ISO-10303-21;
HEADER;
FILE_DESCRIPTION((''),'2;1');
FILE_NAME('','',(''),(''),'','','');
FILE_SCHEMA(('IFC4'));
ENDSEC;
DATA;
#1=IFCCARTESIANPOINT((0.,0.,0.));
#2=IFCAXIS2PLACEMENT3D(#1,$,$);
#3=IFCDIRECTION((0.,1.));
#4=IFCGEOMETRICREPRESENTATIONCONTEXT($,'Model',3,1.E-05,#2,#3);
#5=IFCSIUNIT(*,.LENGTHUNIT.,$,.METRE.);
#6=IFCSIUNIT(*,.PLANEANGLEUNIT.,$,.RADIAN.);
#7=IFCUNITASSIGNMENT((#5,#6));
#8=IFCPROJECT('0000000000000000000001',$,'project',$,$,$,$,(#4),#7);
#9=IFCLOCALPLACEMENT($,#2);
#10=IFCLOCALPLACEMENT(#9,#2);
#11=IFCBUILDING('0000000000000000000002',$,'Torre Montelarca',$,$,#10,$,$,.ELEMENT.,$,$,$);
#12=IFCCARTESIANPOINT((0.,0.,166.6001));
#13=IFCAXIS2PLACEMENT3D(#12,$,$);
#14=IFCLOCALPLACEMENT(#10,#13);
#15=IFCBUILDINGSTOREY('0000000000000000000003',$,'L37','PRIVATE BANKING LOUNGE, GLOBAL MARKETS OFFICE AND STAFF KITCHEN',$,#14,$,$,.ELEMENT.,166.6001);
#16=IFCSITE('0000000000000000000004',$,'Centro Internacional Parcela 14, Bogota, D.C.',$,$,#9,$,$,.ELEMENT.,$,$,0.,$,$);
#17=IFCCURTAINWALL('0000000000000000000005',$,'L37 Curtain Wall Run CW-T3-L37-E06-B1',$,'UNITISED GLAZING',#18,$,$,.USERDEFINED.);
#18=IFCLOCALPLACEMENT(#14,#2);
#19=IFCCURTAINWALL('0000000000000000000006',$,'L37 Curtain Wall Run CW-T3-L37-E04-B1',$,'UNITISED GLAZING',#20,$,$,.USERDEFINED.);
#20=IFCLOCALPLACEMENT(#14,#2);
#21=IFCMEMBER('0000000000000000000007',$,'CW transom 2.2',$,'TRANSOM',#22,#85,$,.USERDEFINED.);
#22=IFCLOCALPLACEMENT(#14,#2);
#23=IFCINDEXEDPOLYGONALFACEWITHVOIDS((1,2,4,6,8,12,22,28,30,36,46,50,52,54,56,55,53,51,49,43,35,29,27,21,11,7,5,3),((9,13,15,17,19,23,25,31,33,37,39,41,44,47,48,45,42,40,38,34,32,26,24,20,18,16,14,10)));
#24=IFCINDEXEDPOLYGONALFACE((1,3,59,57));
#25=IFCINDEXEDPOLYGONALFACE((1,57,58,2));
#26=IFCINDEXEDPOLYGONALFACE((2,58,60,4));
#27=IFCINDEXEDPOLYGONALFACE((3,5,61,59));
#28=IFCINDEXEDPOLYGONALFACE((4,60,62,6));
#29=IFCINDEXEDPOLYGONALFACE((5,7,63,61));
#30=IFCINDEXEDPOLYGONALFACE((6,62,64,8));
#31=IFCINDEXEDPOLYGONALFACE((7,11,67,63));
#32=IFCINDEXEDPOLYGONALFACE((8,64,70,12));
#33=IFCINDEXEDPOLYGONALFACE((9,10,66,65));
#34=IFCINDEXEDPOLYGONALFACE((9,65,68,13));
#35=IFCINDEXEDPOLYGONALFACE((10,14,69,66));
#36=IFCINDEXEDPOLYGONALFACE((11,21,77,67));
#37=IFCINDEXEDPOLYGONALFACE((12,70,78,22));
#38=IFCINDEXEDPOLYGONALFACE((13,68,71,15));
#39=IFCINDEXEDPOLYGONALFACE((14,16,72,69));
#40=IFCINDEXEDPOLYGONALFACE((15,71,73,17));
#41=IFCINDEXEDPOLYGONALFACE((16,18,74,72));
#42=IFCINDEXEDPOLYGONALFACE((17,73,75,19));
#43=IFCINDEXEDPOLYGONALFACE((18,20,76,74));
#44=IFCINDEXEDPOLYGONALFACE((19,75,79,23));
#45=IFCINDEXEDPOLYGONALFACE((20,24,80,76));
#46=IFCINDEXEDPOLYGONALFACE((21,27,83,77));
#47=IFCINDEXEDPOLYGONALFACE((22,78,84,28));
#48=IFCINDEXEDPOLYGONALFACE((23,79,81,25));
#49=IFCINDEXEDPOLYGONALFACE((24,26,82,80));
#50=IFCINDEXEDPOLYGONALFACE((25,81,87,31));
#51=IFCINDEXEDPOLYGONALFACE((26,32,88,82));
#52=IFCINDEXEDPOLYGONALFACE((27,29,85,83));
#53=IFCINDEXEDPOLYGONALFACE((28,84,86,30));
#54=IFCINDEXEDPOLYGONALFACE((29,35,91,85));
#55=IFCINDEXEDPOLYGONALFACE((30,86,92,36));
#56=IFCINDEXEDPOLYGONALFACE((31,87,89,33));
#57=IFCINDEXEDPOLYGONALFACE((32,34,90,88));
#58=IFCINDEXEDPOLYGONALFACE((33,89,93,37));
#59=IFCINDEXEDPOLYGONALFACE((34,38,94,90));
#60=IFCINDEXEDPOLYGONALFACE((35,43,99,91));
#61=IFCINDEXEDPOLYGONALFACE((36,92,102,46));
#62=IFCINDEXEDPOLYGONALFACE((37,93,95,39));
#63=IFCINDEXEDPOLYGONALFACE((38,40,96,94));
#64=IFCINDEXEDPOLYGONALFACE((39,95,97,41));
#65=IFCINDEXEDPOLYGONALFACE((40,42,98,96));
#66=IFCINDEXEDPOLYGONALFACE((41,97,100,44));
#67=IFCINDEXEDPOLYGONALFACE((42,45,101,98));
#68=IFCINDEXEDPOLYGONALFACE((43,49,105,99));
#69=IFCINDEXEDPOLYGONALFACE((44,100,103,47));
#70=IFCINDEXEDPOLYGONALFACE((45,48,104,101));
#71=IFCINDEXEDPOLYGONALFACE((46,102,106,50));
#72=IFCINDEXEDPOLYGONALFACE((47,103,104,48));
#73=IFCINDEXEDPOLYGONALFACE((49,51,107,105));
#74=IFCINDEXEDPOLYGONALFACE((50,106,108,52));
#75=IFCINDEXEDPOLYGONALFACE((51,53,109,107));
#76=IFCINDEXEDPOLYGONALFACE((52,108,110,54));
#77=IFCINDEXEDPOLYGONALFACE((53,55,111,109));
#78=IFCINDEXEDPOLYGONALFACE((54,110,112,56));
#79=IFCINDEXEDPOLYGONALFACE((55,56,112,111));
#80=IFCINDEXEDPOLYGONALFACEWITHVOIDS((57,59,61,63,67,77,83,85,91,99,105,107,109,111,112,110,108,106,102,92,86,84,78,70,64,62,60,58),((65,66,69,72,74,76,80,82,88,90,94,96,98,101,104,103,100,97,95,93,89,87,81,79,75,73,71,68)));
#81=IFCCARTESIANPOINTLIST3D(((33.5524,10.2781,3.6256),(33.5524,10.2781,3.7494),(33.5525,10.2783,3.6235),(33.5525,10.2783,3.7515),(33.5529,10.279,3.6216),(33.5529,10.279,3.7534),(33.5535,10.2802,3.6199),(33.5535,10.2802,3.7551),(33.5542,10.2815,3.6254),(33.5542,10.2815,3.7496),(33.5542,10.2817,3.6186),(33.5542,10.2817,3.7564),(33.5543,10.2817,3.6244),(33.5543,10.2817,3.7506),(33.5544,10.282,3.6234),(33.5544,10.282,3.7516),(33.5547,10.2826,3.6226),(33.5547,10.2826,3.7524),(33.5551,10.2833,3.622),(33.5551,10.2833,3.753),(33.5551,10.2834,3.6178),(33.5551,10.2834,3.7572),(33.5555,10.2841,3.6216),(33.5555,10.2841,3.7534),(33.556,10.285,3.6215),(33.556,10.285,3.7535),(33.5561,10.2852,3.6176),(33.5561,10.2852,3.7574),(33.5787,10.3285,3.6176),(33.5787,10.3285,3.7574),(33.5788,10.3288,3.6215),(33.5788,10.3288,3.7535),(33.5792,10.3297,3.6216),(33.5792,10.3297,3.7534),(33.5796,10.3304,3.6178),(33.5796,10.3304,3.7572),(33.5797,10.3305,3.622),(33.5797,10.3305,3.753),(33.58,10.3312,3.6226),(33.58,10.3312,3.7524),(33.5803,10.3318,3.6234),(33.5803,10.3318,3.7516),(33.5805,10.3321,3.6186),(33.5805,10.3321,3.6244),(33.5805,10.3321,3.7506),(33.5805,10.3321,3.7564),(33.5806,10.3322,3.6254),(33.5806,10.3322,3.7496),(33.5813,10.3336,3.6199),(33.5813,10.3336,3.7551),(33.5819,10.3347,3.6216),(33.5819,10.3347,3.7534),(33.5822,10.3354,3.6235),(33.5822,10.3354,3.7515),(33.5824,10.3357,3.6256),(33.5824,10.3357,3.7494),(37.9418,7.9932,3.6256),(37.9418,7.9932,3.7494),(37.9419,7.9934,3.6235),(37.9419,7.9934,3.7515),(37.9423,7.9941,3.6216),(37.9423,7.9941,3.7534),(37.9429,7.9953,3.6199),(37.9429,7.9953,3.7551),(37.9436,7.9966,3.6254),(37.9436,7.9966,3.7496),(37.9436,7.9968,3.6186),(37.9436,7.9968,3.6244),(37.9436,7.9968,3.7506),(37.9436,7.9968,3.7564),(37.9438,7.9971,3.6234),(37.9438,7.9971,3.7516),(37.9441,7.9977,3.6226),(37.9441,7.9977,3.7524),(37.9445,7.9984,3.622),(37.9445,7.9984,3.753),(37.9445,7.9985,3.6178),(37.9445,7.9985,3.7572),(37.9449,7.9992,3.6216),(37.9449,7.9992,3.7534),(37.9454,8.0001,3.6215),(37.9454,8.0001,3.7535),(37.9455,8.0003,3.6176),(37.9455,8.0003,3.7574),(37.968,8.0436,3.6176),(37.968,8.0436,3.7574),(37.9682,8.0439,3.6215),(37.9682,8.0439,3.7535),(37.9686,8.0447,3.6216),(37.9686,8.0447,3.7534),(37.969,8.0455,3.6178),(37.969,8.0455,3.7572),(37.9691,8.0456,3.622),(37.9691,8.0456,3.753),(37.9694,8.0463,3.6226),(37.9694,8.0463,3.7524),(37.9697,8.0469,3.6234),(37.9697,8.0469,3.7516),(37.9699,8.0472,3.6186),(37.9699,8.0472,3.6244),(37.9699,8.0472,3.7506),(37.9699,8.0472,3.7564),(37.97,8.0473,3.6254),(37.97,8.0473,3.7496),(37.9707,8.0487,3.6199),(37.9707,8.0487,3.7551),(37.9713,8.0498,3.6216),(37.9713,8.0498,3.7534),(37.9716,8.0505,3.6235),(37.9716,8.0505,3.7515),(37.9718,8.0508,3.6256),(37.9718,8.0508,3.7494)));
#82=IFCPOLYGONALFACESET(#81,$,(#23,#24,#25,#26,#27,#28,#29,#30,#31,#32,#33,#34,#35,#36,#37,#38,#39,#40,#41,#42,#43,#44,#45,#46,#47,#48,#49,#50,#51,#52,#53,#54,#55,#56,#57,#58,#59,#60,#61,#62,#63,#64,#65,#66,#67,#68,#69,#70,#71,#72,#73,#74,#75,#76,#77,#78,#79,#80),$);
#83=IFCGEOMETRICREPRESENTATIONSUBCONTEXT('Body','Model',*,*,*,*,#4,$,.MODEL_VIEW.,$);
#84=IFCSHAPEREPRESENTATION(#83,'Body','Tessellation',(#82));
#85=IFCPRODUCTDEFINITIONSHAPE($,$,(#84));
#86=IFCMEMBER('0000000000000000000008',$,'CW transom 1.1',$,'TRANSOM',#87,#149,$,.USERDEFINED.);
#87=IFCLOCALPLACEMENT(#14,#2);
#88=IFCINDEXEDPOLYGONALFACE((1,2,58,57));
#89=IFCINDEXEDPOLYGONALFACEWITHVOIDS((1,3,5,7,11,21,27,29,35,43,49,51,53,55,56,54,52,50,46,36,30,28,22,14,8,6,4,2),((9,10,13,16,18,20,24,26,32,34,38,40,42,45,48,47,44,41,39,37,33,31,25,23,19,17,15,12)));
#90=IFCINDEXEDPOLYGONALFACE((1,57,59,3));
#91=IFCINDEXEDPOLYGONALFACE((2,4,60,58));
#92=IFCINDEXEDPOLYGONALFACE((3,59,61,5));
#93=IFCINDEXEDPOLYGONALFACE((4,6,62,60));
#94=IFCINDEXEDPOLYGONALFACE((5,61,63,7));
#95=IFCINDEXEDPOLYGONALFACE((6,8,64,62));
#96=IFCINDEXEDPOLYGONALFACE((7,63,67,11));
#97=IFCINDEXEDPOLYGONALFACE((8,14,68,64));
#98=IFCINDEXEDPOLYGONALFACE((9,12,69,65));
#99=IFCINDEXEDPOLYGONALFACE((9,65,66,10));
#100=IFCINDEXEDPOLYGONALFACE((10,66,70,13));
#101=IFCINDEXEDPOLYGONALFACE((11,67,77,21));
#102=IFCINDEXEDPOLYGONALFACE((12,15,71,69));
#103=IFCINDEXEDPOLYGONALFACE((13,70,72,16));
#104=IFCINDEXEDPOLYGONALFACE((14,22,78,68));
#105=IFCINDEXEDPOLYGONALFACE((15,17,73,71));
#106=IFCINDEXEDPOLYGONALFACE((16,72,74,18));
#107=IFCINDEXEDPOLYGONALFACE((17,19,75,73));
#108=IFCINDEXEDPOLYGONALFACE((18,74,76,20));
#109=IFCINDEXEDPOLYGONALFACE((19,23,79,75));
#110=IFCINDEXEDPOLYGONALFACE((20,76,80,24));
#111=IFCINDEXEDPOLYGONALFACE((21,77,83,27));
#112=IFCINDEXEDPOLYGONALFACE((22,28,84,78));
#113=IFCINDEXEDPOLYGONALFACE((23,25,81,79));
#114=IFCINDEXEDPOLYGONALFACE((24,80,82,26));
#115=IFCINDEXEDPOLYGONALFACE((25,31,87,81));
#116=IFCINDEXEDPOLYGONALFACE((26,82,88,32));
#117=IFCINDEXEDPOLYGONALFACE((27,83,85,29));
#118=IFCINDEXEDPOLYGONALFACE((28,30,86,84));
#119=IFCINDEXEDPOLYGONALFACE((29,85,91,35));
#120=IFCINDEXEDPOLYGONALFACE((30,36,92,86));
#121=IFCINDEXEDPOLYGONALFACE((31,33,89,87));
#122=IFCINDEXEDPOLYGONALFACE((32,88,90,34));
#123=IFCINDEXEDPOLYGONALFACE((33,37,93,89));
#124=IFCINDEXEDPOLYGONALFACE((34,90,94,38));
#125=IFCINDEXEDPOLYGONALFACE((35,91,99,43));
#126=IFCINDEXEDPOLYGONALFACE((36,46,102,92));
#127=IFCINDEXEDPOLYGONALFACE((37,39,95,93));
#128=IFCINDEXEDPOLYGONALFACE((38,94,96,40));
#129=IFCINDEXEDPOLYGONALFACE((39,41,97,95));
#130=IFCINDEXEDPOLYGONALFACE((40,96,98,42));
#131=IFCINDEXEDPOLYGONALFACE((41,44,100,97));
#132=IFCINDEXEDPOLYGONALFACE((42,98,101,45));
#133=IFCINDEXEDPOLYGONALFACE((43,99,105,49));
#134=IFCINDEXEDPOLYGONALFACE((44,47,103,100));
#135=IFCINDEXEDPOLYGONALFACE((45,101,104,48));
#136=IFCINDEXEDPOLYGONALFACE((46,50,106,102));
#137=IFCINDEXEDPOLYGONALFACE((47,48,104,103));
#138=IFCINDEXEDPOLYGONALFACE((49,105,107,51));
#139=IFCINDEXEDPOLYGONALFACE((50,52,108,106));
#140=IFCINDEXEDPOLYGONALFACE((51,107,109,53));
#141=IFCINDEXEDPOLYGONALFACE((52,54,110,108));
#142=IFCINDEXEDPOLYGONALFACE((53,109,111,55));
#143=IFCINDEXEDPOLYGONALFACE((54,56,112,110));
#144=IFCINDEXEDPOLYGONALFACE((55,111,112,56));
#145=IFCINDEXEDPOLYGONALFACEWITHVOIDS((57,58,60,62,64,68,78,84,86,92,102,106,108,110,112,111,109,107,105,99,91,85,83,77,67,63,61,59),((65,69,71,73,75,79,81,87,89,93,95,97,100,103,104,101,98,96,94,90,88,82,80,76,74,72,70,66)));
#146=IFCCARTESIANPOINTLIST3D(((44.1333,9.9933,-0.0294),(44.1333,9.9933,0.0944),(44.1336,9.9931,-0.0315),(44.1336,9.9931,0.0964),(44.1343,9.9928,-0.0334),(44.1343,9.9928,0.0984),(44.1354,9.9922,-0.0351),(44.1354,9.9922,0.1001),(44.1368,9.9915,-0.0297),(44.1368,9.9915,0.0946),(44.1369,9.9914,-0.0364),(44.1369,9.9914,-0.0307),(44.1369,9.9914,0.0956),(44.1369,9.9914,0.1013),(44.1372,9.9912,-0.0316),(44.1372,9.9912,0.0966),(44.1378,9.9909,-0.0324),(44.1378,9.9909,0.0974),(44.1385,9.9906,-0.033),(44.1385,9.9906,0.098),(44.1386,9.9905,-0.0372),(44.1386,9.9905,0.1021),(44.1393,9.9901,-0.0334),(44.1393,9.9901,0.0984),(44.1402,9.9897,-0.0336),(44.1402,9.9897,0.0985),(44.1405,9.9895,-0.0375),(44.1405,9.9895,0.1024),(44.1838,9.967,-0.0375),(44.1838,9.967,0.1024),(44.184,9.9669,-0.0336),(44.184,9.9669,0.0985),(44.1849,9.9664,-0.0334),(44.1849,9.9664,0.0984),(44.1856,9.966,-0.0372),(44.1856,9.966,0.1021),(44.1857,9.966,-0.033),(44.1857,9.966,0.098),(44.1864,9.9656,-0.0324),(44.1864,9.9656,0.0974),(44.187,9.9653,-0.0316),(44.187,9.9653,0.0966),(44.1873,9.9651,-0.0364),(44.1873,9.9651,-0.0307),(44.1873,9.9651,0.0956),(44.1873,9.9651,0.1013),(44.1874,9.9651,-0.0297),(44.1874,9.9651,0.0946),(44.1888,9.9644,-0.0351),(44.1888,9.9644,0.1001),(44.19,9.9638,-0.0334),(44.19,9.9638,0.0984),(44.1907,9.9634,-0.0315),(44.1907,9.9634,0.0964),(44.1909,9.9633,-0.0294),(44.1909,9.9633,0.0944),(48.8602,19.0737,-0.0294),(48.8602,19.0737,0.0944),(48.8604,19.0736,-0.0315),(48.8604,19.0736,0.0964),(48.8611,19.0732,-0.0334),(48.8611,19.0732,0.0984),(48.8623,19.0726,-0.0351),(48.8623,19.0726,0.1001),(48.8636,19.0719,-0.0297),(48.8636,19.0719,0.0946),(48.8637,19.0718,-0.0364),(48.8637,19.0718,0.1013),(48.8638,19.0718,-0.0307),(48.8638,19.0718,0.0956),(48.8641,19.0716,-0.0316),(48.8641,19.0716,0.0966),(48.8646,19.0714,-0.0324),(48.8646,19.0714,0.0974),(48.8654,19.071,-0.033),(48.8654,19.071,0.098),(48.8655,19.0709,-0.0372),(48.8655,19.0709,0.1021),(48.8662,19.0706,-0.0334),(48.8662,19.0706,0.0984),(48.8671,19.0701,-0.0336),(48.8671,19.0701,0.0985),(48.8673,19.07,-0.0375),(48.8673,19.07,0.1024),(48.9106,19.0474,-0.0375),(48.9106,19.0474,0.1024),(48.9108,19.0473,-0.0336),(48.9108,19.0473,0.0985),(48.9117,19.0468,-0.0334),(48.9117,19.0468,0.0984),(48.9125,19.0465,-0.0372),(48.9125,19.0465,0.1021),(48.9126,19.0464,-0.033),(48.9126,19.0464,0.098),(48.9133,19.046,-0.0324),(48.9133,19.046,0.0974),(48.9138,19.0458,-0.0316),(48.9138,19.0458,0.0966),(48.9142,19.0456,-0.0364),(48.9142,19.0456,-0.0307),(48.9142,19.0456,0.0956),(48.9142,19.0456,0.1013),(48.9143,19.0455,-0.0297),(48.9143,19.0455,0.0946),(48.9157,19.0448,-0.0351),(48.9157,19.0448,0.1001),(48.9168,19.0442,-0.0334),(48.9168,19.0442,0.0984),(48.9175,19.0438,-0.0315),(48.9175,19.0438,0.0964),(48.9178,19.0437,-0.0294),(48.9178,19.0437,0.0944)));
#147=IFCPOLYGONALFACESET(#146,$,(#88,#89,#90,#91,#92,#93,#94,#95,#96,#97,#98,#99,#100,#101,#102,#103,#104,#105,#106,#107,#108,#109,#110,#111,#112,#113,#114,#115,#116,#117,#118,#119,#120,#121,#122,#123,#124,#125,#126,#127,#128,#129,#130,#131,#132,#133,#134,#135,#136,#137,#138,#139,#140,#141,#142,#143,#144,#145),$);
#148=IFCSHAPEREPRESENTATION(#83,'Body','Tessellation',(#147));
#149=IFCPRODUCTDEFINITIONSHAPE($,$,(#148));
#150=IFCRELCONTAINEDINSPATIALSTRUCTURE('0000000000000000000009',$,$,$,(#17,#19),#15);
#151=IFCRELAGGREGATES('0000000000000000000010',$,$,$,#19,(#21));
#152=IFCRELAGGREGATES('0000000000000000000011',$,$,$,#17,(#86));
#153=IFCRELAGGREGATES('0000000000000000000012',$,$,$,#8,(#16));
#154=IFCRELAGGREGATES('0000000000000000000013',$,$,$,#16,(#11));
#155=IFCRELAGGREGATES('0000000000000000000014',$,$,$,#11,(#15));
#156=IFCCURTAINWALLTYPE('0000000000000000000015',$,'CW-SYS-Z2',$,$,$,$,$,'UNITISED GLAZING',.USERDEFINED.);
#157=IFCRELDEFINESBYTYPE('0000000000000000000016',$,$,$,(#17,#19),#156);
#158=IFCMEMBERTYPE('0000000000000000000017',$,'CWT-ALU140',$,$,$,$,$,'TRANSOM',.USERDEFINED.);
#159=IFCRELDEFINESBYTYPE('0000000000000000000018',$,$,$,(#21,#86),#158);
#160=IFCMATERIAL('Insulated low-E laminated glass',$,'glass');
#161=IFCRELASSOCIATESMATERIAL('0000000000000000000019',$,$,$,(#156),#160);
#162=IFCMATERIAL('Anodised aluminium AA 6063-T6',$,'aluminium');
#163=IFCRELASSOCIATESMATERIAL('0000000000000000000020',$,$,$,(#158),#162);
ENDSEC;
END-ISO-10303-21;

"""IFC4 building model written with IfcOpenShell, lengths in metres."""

from ifc_helpers import new_model, si_unit, direction, frame, origin, origin_2d, place, context, subcontext, project, spatial, hollow_rectangle, extrude, source, transform, mapped, material, material_profile, profile_set, type_object, element, aggregate, save


model = new_model("IFC4")

# Units and contexts
model_context = context("Model", 3, precision=1e-05, world=origin(), true_north=direction((0.0, 1.0)))
body_context = subcontext(model_context, "Body", "Model", "MODEL_VIEW")
ifc_project = project(units=[si_unit("LENGTHUNIT", "METRE"), si_unit("PLANEANGLEUNIT", "RADIAN")], contexts=[model_context])

# Site, building, storey
site_placement = place(None, origin())
site = spatial("IfcSite", under=ifc_project, at=site_placement, Name="Centro Internacional Parcela 14, Bogota, D.C.", CompositionType="ELEMENT", RefElevation=0.0)
building_placement = place(site_placement, origin())
building = spatial("IfcBuilding", under=site, at=building_placement, Name="Torre Montelarca", CompositionType="ELEMENT")
storey_placement = place(building_placement, frame((0.0, 0.0, 166.6001)))
storey = spatial("IfcBuildingStorey", under=building, at=storey_placement, Name="L37", Description="PRIVATE BANKING LOUNGE, GLOBAL MARKETS OFFICE AND STAFF KITCHEN", CompositionType="ELEMENT", Elevation=166.6001)

# Curtain wall
ifc_material_1 = material(Name="Insulated low-E laminated glass", Category="glass")
curtain_wall_type = type_object("IfcCurtainWallType", Name="CW-SYS-Z2", ElementType="UNITISED GLAZING", PredefinedType="USERDEFINED", material=ifc_material_1)
ifc_material_2 = material(Name="Anodised aluminium AA 6063-T6", Category="aluminium")
ifc_material_profile_1 = material_profile(ifc_material_2, hollow_rectangle(XDim=0.0649, YDim=0.1399, WallThickness=0.0039, InnerFilletRadius=0.0039, OuterFilletRadius=0.0081, at=origin_2d()), Name="ALU65X140X4", Category="aluminium")
ifc_profile_set_1 = profile_set([ifc_material_profile_1], Name="Anodised aluminium AA 6063-T6")
member_type_1 = type_object("IfcMemberType", Name="CWT-ALU140", ElementType="TRANSOM", PredefinedType="USERDEFINED", material=ifc_profile_set_1)
curtain_wall_1_placement = place(storey_placement, origin())
curtain_wall_1 = element("IfcCurtainWall", 1, at=curtain_wall_1_placement, inside=storey, type_object=curtain_wall_type, Name="L37 Curtain Wall Run CW-T3-L37-E06-B1", ObjectType="UNITISED GLAZING", PredefinedType="USERDEFINED")

# Curtain wall
curtain_wall_2_placement = place(storey_placement, origin())
curtain_wall_2 = element("IfcCurtainWall", 2, at=curtain_wall_2_placement, inside=storey, type_object=curtain_wall_type, Name="L37 Curtain Wall Run CW-T3-L37-E04-B1", ObjectType="UNITISED GLAZING", PredefinedType="USERDEFINED")

# Members
shared_shape_1 = source(origin(), body_context, "Body", "SweptSolid", [
    extrude(hollow_rectangle(XDim=0.0649, YDim=0.1399, WallThickness=0.0039, InnerFilletRadius=0.0039, OuterFilletRadius=0.0081, at=origin_2d()), origin(), (0.0, 0.0, 1.0), 4.9485),
])
member_1_placement = place(storey_placement, frame((33.5674, 10.3069, 3.6875), z_axis=(0.887016, -0.461738, 0.0), x_axis=(0.461738, 0.887016, 0.0)))
member_1 = element("IfcMember", 3, at=member_1_placement, type_object=member_type_1, Name="CW transom 2.2", ObjectType="TRANSOM", PredefinedType="USERDEFINED", context=body_context, shape_type="MappedRepresentation", body=[
    mapped(shared_shape_1, transform((0.0, 0.0, 0.0), scale=1.0)),
])
shared_shape_2 = source(origin(), body_context, "Body", "SweptSolid", [
    extrude(hollow_rectangle(XDim=0.0649, YDim=0.1399, WallThickness=0.0039, InnerFilletRadius=0.0039, OuterFilletRadius=0.0081, at=origin_2d()), origin(), (0.0, 0.0, 1.0), 10.2371),
])
member_2_placement = place(storey_placement, frame((44.1621, 9.9783, 0.0325), z_axis=(0.46174, 0.887015, 0.0), x_axis=(-0.887015, 0.46174, 0.0)))
member_2 = element("IfcMember", 4, at=member_2_placement, type_object=member_type_1, Name="CW transom 1.1", ObjectType="TRANSOM", PredefinedType="USERDEFINED", context=body_context, shape_type="MappedRepresentation", body=[
    mapped(shared_shape_2, transform((0.0, 0.0, 0.0), scale=1.0)),
])

aggregate(curtain_wall_2, [member_1])
aggregate(curtain_wall_1, [member_2])

save(model, "model.ifc")
